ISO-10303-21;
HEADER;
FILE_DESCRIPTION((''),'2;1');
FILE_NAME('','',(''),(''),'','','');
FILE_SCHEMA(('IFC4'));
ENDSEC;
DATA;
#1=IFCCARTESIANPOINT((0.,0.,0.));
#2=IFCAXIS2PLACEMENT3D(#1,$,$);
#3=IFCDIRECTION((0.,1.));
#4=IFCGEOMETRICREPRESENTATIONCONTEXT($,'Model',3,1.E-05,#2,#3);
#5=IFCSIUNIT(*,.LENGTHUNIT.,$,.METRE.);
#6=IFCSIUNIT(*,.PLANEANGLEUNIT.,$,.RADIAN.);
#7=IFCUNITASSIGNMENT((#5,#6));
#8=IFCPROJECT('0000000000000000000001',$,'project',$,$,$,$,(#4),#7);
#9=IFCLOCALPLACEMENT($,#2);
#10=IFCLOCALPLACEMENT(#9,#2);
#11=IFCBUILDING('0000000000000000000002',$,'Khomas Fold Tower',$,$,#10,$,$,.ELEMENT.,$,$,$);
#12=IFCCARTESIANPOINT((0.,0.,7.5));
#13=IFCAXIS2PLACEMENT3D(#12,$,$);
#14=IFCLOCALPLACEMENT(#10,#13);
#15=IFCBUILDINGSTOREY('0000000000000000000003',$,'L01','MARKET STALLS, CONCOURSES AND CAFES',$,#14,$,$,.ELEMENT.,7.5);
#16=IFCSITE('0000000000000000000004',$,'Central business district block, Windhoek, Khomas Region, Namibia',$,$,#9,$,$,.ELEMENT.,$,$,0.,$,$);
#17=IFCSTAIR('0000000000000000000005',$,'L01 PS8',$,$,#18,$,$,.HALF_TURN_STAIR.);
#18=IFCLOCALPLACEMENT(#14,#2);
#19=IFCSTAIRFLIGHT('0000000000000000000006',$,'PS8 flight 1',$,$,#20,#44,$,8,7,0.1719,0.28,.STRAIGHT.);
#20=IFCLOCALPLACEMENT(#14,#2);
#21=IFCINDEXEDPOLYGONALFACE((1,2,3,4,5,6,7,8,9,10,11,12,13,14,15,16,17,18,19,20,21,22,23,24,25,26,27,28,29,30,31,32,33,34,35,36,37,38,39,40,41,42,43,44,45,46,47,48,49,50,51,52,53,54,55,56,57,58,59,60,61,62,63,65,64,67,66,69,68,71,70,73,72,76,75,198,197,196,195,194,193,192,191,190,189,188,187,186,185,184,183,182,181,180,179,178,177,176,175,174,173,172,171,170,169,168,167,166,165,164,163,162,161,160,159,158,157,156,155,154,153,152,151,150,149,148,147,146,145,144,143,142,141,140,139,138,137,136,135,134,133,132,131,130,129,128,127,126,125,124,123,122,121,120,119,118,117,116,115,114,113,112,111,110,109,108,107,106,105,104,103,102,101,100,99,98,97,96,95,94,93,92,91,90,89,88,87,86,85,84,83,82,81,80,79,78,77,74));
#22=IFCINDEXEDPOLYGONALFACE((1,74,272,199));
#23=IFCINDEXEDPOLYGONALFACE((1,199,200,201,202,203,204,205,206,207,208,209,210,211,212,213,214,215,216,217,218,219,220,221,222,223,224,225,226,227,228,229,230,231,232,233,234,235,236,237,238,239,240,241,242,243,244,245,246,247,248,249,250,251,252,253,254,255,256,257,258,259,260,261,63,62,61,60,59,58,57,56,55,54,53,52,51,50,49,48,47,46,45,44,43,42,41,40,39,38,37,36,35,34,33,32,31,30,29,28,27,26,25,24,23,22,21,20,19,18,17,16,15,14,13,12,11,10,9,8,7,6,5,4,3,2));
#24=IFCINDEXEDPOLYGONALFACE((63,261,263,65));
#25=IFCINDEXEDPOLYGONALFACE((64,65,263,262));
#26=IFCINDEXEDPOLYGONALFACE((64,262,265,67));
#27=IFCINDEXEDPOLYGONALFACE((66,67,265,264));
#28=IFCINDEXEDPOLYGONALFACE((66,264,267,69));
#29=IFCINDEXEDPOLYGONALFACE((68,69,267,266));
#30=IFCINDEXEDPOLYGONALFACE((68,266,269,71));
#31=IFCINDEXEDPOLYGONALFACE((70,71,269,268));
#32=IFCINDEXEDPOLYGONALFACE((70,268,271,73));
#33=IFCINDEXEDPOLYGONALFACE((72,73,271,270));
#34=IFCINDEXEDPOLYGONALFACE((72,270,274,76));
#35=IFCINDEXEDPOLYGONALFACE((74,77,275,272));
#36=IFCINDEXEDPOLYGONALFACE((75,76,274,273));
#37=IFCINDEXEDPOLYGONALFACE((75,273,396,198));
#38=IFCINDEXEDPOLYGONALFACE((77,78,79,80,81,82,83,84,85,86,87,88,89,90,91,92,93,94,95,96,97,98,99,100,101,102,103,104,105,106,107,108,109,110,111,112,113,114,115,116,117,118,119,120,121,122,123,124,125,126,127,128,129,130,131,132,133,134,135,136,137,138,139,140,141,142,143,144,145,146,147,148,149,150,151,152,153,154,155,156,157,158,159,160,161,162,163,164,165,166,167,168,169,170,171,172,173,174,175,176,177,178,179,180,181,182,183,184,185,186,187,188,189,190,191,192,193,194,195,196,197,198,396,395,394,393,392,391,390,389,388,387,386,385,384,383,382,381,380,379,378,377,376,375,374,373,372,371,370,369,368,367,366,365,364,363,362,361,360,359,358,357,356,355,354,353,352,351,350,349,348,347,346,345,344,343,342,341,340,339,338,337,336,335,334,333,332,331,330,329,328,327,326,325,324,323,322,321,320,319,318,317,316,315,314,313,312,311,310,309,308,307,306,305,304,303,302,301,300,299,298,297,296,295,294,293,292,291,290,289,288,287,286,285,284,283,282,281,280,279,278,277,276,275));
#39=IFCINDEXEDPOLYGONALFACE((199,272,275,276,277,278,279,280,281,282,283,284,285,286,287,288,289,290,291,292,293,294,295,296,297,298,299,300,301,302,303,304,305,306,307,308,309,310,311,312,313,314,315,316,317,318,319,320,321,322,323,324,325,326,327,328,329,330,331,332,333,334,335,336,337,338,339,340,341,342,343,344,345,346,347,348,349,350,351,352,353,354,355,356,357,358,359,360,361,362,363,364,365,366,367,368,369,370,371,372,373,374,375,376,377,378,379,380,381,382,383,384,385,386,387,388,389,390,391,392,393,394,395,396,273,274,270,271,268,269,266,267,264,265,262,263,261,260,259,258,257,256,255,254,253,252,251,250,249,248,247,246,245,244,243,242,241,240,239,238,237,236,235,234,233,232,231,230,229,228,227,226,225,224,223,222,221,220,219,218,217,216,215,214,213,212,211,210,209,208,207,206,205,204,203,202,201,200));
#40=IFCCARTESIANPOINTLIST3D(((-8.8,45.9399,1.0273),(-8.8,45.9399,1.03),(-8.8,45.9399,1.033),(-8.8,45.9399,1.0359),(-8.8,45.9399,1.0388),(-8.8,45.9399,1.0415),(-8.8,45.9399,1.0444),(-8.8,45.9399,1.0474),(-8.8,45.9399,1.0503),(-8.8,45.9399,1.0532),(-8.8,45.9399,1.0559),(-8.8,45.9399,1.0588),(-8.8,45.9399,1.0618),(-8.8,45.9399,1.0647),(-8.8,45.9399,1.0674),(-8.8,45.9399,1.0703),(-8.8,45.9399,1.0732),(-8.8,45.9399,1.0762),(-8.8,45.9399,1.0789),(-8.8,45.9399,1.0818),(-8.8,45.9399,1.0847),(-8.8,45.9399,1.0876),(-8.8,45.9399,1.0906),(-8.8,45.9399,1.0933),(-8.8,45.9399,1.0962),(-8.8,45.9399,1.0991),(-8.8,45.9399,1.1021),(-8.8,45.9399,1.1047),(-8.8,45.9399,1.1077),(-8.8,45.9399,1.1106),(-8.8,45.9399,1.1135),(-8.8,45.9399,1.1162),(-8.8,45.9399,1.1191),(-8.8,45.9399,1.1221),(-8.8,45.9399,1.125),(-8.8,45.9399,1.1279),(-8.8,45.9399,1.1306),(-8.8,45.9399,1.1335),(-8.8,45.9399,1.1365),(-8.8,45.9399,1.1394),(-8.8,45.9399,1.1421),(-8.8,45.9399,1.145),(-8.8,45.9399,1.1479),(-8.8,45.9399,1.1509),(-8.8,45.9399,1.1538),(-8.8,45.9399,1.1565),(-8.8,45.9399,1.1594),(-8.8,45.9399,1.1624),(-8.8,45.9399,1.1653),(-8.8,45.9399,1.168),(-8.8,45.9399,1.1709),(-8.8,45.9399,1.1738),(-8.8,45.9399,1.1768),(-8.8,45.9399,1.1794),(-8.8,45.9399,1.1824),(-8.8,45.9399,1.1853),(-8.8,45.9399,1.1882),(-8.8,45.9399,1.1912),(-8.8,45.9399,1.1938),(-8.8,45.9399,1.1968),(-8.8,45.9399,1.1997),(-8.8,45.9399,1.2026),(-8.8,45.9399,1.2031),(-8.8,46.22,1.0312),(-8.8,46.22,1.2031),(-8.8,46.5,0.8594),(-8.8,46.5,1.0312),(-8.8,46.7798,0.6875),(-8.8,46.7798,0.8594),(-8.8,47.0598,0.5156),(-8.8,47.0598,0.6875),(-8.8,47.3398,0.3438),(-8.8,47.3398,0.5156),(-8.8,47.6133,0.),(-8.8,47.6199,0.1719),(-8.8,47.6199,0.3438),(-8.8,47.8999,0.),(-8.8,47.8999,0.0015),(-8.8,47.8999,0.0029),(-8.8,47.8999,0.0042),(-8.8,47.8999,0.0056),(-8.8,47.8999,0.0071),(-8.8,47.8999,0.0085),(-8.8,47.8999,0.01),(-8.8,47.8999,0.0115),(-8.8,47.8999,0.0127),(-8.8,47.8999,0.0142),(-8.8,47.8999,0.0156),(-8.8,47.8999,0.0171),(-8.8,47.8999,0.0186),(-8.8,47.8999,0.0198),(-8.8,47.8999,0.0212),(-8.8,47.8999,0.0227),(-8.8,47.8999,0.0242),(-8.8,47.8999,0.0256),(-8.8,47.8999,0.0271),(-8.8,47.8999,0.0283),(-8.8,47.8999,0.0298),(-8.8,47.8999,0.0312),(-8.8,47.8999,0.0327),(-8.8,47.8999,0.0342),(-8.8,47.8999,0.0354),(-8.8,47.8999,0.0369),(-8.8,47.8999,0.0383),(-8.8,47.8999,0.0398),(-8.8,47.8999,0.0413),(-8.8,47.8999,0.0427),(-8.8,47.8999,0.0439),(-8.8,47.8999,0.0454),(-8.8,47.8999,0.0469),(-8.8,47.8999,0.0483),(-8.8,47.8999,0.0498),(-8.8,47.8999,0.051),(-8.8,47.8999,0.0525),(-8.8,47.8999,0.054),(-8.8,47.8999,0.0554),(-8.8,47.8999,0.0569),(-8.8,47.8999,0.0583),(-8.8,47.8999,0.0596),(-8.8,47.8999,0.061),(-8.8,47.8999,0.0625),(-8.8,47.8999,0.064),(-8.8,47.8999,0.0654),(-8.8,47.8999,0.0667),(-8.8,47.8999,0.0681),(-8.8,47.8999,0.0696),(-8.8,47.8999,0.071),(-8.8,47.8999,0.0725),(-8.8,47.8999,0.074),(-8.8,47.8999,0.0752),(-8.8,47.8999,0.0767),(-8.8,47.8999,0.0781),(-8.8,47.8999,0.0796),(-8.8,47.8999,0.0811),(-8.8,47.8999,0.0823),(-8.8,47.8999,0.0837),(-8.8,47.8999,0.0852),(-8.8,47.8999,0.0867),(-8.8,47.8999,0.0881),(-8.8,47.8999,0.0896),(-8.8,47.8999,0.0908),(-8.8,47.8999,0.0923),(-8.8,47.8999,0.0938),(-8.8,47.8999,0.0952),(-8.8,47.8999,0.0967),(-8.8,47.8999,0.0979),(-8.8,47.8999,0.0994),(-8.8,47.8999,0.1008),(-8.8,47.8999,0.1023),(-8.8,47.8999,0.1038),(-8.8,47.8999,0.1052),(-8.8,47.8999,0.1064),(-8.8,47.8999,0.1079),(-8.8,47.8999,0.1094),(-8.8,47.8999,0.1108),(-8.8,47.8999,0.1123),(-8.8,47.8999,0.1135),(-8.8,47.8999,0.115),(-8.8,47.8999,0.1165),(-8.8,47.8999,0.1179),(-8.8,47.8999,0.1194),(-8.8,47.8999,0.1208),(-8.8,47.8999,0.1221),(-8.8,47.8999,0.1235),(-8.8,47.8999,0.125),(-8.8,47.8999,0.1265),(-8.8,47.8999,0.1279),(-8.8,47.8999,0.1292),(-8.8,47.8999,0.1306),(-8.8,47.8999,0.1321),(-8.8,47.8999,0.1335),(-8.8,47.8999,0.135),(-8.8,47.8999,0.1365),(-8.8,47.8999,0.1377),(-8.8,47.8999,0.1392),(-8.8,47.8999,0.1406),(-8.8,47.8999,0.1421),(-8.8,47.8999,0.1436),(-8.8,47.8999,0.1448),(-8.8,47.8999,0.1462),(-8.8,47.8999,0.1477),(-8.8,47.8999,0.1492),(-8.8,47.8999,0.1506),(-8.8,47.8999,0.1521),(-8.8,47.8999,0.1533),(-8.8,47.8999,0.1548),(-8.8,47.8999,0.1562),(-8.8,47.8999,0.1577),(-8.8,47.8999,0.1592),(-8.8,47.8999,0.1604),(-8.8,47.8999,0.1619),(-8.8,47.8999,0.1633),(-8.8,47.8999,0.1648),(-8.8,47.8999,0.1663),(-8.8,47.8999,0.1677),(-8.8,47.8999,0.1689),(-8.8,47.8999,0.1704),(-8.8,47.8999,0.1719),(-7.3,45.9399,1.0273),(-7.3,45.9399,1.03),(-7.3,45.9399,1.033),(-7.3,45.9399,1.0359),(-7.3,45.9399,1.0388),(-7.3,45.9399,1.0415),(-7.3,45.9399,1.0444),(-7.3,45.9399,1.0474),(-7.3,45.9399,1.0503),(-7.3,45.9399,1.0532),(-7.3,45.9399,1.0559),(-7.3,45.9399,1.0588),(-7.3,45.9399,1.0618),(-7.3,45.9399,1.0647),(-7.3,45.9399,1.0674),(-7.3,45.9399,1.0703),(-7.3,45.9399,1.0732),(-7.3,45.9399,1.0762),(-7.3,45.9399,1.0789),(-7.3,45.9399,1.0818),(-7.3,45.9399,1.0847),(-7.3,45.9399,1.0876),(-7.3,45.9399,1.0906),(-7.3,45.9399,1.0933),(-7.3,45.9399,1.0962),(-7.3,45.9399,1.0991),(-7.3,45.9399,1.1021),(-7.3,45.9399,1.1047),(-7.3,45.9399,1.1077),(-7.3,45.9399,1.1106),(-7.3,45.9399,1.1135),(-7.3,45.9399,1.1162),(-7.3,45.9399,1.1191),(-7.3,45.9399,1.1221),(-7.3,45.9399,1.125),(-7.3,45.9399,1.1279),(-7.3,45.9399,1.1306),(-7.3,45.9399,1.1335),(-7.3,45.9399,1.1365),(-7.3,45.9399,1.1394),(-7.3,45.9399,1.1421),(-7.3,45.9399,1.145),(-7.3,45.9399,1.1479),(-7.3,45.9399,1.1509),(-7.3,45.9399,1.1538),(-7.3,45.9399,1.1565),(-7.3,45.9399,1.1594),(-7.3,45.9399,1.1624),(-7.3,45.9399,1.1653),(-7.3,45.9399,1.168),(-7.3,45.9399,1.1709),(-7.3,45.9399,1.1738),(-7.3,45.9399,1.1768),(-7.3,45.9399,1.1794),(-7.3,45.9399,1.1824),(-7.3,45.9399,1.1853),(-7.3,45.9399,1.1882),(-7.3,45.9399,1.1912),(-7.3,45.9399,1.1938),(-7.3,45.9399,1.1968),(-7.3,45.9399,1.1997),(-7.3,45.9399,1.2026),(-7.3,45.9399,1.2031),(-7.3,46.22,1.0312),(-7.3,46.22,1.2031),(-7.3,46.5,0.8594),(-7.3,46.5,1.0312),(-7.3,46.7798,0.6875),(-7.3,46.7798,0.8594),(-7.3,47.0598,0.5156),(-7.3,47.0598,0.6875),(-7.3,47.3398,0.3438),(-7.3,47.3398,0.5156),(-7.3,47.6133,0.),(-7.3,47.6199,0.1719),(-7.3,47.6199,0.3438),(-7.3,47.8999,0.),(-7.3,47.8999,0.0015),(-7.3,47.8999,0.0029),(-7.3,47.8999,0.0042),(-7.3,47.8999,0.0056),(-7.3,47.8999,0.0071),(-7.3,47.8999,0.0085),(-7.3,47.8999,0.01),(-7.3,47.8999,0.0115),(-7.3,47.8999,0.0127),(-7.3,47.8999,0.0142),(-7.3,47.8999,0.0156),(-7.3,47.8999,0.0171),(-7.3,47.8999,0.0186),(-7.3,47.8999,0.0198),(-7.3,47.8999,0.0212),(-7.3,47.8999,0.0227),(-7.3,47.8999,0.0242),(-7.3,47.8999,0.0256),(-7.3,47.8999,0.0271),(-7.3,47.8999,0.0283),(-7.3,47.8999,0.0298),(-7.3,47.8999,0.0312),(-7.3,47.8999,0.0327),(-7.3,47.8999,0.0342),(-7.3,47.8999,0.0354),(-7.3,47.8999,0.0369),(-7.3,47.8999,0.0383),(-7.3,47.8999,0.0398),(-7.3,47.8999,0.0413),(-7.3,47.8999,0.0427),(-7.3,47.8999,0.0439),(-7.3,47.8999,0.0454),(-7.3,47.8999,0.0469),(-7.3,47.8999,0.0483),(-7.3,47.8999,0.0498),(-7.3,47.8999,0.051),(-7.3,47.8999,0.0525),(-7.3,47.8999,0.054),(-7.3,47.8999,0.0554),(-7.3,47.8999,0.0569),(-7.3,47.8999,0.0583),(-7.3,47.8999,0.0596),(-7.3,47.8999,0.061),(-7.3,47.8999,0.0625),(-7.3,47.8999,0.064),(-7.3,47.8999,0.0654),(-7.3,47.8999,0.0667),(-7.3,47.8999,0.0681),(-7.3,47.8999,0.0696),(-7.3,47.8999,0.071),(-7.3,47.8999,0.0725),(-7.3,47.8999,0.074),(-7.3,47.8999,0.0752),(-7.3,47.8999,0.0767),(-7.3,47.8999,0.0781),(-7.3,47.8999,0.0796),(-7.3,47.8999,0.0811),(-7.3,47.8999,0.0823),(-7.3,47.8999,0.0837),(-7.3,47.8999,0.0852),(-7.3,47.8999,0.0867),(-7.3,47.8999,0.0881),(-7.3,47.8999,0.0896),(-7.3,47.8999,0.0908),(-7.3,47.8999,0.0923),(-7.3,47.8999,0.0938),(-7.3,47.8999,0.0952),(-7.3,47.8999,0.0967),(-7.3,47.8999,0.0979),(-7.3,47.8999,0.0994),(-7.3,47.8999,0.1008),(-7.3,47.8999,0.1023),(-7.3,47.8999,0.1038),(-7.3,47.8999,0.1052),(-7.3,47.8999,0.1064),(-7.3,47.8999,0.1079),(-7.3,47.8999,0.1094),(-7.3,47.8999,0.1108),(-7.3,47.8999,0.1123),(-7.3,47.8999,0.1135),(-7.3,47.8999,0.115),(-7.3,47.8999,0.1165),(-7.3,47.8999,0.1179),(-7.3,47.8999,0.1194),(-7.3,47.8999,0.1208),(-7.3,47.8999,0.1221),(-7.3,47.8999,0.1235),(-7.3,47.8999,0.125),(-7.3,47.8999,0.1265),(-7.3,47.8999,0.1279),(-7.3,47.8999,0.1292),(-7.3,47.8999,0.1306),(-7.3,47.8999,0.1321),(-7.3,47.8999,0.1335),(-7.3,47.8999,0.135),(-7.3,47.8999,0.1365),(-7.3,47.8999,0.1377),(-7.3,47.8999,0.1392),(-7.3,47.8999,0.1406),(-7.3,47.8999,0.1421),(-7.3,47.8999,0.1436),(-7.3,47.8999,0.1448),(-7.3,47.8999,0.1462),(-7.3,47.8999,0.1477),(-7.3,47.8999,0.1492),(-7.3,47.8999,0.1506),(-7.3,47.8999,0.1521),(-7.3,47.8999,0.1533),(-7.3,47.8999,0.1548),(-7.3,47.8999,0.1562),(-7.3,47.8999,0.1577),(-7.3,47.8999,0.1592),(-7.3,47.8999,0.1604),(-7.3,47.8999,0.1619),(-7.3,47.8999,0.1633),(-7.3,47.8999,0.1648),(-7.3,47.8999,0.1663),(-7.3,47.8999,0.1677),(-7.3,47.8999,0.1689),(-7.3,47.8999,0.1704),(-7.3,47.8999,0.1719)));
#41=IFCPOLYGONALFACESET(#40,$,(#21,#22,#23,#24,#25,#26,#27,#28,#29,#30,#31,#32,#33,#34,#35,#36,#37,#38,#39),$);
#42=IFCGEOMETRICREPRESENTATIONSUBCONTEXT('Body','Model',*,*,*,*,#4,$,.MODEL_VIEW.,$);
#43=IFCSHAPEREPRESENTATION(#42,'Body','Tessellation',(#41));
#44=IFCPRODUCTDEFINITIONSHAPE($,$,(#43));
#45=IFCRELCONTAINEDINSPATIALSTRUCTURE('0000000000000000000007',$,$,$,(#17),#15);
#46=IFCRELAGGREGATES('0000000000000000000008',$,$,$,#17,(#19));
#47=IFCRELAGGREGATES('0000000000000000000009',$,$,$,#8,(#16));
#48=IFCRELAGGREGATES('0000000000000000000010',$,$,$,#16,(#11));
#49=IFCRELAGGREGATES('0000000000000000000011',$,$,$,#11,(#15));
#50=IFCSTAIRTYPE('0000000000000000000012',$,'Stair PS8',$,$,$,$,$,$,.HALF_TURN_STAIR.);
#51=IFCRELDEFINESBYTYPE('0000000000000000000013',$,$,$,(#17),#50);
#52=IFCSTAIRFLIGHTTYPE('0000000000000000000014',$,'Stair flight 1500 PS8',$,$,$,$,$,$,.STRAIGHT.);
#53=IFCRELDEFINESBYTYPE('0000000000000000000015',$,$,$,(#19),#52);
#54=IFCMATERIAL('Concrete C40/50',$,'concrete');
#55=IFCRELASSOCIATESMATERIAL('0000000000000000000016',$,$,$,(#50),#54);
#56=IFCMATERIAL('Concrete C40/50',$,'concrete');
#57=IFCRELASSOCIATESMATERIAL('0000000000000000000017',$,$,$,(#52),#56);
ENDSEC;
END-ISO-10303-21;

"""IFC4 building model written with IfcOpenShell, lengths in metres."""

from ifc_helpers import new_model, si_unit, direction, frame, origin, place, context, subcontext, project, spatial, polyline, outline, extrude, source, transform, mapped, material, type_object, element, aggregate, save


model = new_model("IFC4")

# Units and contexts
model_context = context("Model", 3, precision=1e-05, world=origin(), true_north=direction((0.0, 1.0)))
body_context = subcontext(model_context, "Body", "Model", "MODEL_VIEW")
ifc_project = project(units=[si_unit("LENGTHUNIT", "METRE"), si_unit("PLANEANGLEUNIT", "RADIAN")], contexts=[model_context])

# Site, building, storey
site_placement = place(None, origin())
site = spatial("IfcSite", under=ifc_project, at=site_placement, Name="Central business district block, Windhoek, Khomas Region, Namibia", CompositionType="ELEMENT", RefElevation=0.0)
building_placement = place(site_placement, origin())
building = spatial("IfcBuilding", under=site, at=building_placement, Name="Khomas Fold Tower", CompositionType="ELEMENT")
storey_placement = place(building_placement, frame((0.0, 0.0, 7.5)))
storey = spatial("IfcBuildingStorey", under=building, at=storey_placement, Name="L01", Description="MARKET STALLS, CONCOURSES AND CAFES", CompositionType="ELEMENT", Elevation=7.5)

# Stair, stair flight
ifc_material_1 = material(Name="Concrete C40/50", Category="concrete")
stair_type = type_object("IfcStairType", Name="Stair PS8", PredefinedType="HALF_TURN_STAIR", material=ifc_material_1)
stair_placement = place(storey_placement, origin())
stair = element("IfcStair", 1, at=stair_placement, inside=storey, type_object=stair_type, Name="L01 PS8", PredefinedType="HALF_TURN_STAIR")
ifc_material_2 = material(Name="Concrete C40/50", Category="concrete")
stair_flight_type = type_object("IfcStairFlightType", Name="Stair flight 1500 PS8", PredefinedType="STRAIGHT", material=ifc_material_2)
shared_shape_1 = source(origin(), body_context, "Body", "SweptSolid", [
    extrude(outline(polyline([(0.0, 0.0), (0.0, 0.0015), (0.0, 0.0029), (0.0, 0.0042), (0.0, 0.0056), (0.0, 0.0071), (0.0, 0.0085), (0.0, 0.01), (0.0, 0.0115), (0.0, 0.0127), (0.0, 0.0142), (0.0, 0.0156), (0.0, 0.0171), (0.0, 0.0186), (0.0, 0.0198), (0.0, 0.0212), (0.0, 0.0227), (0.0, 0.0242), (0.0, 0.0256), (0.0, 0.0271), (0.0, 0.0283), (0.0, 0.0298), (0.0, 0.0312), (0.0, 0.0327), (0.0, 0.0342), (0.0, 0.0354), (0.0, 0.0369), (0.0, 0.0383), (0.0, 0.0398), (0.0, 0.0413), (0.0, 0.0427), (0.0, 0.0439), (0.0, 0.0454), (0.0, 0.0469), (0.0, 0.0483), (0.0, 0.0498), (0.0, 0.051), (0.0, 0.0525), (0.0, 0.054), (0.0, 0.0554), (0.0, 0.0569), (0.0, 0.0583), (0.0, 0.0596), (0.0, 0.061), (0.0, 0.0625), (0.0, 0.064), (0.0, 0.0654), (0.0, 0.0667), (0.0, 0.0681), (0.0, 0.0696), (0.0, 0.071), (0.0, 0.0725), (0.0, 0.074), (0.0, 0.0752), (0.0, 0.0767), (0.0, 0.0781), (0.0, 0.0796), (0.0, 0.0811), (0.0, 0.0823), (0.0, 0.0837), (0.0, 0.0852), (0.0, 0.0867), (0.0, 0.0881), (0.0, 0.0896), (0.0, 0.0908), (0.0, 0.0923), (0.0, 0.0938), (0.0, 0.0952), (0.0, 0.0967), (0.0, 0.0979), (0.0, 0.0994), (0.0, 0.1008), (0.0, 0.1023), (0.0, 0.1038), (0.0, 0.1052), (0.0, 0.1064), (0.0, 0.1079), (0.0, 0.1094), (0.0, 0.1108), (0.0, 0.1123), (0.0, 0.1135), (0.0, 0.115), (0.0, 0.1165), (0.0, 0.1179), (0.0, 0.1194), (0.0, 0.1208), (0.0, 0.1221), (0.0, 0.1235), (0.0, 0.125), (0.0, 0.1265), (0.0, 0.1279), (0.0, 0.1292), (0.0, 0.1306), (0.0, 0.1321), (0.0, 0.1335), (0.0, 0.135), (0.0, 0.1365), (0.0, 0.1377), (0.0, 0.1392), (0.0, 0.1406), (0.0, 0.1421), (0.0, 0.1436), (0.0, 0.1448), (0.0, 0.1462), (0.0, 0.1477), (0.0, 0.1492), (0.0, 0.1506), (0.0, 0.1521), (0.0, 0.1533), (0.0, 0.1548), (0.0, 0.1562), (0.0, 0.1577), (0.0, 0.1592), (0.0, 0.1604), (0.0, 0.1619), (0.0, 0.1633), (0.0, 0.1648), (0.0, 0.1663), (0.0, 0.1677), (0.0, 0.1689), (0.0, 0.1704), (0.0, 0.1719), (0.28, 0.1719), (0.28, 0.3438), (0.5601, 0.3438), (0.5601, 0.5156), (0.8401, 0.5156), (0.8401, 0.6875), (1.1201, 0.6875), (1.1201, 0.8594), (1.3999, 0.8594), (1.3999, 1.0312), (1.6799, 1.0312), (1.6799, 1.2031), (1.96, 1.2031), (1.96, 1.375), (1.96, 1.3721), (1.96, 1.3691), (1.96, 1.3665), (1.96, 1.3635), (1.96, 1.3606), (1.96, 1.3577), (1.96, 1.355), (1.96, 1.3521), (1.96, 1.3491), (1.96, 1.3462), (1.96, 1.3435), (1.96, 1.3406), (1.96, 1.3376), (1.96, 1.3347), (1.96, 1.3318), (1.96, 1.3291), (1.96, 1.3262), (1.96, 1.3232), (1.96, 1.3203), (1.96, 1.3176), (1.96, 1.3147), (1.96, 1.3118), (1.96, 1.3088), (1.96, 1.3059), (1.96, 1.3032), (1.96, 1.3003), (1.96, 1.2974), (1.96, 1.2944), (1.96, 1.2917), (1.96, 1.2888), (1.96, 1.2859), (1.96, 1.283), (1.96, 1.2803), (1.96, 1.2773), (1.96, 1.2744), (1.96, 1.2715), (1.96, 1.2686), (1.96, 1.2659), (1.96, 1.2629), (1.96, 1.26), (1.96, 1.2571), (1.96, 1.2544), (1.96, 1.2515), (1.96, 1.2485), (1.96, 1.2456), (1.96, 1.2427), (1.96, 1.24), (1.96, 1.2371), (1.96, 1.2341), (1.96, 1.2312), (1.96, 1.2285), (1.96, 1.2256), (1.96, 1.2227), (1.96, 1.2197), (1.96, 1.217), (1.96, 1.2141), (1.96, 1.2112), (1.96, 1.2083), (1.96, 1.2053), (1.96, 1.2026), (1.96, 1.1997), (1.96, 1.1968), (1.96, 1.1938), (1.96, 1.1912), (1.96, 1.1882), (1.96, 1.1853), (1.96, 1.1824), (1.96, 1.1794), (1.96, 1.1768), (1.96, 1.1738), (1.96, 1.1709), (1.96, 1.168), (1.96, 1.1653), (1.96, 1.1624), (1.96, 1.1594), (1.96, 1.1565), (1.96, 1.1538), (1.96, 1.1509), (1.96, 1.1479), (1.96, 1.145), (1.96, 1.1421), (1.96, 1.1394), (1.96, 1.1365), (1.96, 1.1335), (1.96, 1.1306), (1.96, 1.1279), (1.96, 1.125), (1.96, 1.1221), (1.96, 1.1191), (1.96, 1.1162), (1.96, 1.1135), (1.96, 1.1106), (1.96, 1.1077), (1.96, 1.1047), (1.96, 1.1021), (1.96, 1.0991), (1.96, 1.0962), (1.96, 1.0933), (1.96, 1.0906), (1.96, 1.0876), (1.96, 1.0847), (1.96, 1.0818), (1.96, 1.0789), (1.96, 1.0762), (1.96, 1.0732), (1.96, 1.0703), (1.96, 1.0674), (1.96, 1.0647), (1.96, 1.0618), (1.96, 1.0588), (1.96, 1.0559), (1.96, 1.0532), (1.96, 1.0503), (1.96, 1.0474), (1.96, 1.0444), (1.96, 1.0415), (1.96, 1.0388), (1.96, 1.0359), (1.96, 1.033), (1.96, 1.03), (1.96, 1.0273), (0.2866, 0.0), (0.0, 0.0)])), frame((0.0, 0.75, 0.0), z_axis=(0.0, -1.0, 0.0), x_axis=(1.0, 0.0, 0.0)), (0.0, 0.0, 1.0), 1.5),
])
stair_flight_1_placement = place(storey_placement, frame((-8.05, 47.8999, 0.0), z_axis=(0.0, 0.0, 1.0), x_axis=(0.0, -1.0, 0.0)))
stair_flight_1 = element("IfcStairFlight", 2, at=stair_flight_1_placement, type_object=stair_flight_type, Name="PS8 flight 1", NumberOfRisers=8, NumberOfTreads=7, PredefinedType="STRAIGHT", RiserHeight=0.1719, TreadLength=0.28, context=body_context, shape_type="MappedRepresentation", body=[
    mapped(shared_shape_1, transform((0.0, 0.0, 0.0))),
])
aggregate(stair, [stair_flight_1])

save(model, "model.ifc")
